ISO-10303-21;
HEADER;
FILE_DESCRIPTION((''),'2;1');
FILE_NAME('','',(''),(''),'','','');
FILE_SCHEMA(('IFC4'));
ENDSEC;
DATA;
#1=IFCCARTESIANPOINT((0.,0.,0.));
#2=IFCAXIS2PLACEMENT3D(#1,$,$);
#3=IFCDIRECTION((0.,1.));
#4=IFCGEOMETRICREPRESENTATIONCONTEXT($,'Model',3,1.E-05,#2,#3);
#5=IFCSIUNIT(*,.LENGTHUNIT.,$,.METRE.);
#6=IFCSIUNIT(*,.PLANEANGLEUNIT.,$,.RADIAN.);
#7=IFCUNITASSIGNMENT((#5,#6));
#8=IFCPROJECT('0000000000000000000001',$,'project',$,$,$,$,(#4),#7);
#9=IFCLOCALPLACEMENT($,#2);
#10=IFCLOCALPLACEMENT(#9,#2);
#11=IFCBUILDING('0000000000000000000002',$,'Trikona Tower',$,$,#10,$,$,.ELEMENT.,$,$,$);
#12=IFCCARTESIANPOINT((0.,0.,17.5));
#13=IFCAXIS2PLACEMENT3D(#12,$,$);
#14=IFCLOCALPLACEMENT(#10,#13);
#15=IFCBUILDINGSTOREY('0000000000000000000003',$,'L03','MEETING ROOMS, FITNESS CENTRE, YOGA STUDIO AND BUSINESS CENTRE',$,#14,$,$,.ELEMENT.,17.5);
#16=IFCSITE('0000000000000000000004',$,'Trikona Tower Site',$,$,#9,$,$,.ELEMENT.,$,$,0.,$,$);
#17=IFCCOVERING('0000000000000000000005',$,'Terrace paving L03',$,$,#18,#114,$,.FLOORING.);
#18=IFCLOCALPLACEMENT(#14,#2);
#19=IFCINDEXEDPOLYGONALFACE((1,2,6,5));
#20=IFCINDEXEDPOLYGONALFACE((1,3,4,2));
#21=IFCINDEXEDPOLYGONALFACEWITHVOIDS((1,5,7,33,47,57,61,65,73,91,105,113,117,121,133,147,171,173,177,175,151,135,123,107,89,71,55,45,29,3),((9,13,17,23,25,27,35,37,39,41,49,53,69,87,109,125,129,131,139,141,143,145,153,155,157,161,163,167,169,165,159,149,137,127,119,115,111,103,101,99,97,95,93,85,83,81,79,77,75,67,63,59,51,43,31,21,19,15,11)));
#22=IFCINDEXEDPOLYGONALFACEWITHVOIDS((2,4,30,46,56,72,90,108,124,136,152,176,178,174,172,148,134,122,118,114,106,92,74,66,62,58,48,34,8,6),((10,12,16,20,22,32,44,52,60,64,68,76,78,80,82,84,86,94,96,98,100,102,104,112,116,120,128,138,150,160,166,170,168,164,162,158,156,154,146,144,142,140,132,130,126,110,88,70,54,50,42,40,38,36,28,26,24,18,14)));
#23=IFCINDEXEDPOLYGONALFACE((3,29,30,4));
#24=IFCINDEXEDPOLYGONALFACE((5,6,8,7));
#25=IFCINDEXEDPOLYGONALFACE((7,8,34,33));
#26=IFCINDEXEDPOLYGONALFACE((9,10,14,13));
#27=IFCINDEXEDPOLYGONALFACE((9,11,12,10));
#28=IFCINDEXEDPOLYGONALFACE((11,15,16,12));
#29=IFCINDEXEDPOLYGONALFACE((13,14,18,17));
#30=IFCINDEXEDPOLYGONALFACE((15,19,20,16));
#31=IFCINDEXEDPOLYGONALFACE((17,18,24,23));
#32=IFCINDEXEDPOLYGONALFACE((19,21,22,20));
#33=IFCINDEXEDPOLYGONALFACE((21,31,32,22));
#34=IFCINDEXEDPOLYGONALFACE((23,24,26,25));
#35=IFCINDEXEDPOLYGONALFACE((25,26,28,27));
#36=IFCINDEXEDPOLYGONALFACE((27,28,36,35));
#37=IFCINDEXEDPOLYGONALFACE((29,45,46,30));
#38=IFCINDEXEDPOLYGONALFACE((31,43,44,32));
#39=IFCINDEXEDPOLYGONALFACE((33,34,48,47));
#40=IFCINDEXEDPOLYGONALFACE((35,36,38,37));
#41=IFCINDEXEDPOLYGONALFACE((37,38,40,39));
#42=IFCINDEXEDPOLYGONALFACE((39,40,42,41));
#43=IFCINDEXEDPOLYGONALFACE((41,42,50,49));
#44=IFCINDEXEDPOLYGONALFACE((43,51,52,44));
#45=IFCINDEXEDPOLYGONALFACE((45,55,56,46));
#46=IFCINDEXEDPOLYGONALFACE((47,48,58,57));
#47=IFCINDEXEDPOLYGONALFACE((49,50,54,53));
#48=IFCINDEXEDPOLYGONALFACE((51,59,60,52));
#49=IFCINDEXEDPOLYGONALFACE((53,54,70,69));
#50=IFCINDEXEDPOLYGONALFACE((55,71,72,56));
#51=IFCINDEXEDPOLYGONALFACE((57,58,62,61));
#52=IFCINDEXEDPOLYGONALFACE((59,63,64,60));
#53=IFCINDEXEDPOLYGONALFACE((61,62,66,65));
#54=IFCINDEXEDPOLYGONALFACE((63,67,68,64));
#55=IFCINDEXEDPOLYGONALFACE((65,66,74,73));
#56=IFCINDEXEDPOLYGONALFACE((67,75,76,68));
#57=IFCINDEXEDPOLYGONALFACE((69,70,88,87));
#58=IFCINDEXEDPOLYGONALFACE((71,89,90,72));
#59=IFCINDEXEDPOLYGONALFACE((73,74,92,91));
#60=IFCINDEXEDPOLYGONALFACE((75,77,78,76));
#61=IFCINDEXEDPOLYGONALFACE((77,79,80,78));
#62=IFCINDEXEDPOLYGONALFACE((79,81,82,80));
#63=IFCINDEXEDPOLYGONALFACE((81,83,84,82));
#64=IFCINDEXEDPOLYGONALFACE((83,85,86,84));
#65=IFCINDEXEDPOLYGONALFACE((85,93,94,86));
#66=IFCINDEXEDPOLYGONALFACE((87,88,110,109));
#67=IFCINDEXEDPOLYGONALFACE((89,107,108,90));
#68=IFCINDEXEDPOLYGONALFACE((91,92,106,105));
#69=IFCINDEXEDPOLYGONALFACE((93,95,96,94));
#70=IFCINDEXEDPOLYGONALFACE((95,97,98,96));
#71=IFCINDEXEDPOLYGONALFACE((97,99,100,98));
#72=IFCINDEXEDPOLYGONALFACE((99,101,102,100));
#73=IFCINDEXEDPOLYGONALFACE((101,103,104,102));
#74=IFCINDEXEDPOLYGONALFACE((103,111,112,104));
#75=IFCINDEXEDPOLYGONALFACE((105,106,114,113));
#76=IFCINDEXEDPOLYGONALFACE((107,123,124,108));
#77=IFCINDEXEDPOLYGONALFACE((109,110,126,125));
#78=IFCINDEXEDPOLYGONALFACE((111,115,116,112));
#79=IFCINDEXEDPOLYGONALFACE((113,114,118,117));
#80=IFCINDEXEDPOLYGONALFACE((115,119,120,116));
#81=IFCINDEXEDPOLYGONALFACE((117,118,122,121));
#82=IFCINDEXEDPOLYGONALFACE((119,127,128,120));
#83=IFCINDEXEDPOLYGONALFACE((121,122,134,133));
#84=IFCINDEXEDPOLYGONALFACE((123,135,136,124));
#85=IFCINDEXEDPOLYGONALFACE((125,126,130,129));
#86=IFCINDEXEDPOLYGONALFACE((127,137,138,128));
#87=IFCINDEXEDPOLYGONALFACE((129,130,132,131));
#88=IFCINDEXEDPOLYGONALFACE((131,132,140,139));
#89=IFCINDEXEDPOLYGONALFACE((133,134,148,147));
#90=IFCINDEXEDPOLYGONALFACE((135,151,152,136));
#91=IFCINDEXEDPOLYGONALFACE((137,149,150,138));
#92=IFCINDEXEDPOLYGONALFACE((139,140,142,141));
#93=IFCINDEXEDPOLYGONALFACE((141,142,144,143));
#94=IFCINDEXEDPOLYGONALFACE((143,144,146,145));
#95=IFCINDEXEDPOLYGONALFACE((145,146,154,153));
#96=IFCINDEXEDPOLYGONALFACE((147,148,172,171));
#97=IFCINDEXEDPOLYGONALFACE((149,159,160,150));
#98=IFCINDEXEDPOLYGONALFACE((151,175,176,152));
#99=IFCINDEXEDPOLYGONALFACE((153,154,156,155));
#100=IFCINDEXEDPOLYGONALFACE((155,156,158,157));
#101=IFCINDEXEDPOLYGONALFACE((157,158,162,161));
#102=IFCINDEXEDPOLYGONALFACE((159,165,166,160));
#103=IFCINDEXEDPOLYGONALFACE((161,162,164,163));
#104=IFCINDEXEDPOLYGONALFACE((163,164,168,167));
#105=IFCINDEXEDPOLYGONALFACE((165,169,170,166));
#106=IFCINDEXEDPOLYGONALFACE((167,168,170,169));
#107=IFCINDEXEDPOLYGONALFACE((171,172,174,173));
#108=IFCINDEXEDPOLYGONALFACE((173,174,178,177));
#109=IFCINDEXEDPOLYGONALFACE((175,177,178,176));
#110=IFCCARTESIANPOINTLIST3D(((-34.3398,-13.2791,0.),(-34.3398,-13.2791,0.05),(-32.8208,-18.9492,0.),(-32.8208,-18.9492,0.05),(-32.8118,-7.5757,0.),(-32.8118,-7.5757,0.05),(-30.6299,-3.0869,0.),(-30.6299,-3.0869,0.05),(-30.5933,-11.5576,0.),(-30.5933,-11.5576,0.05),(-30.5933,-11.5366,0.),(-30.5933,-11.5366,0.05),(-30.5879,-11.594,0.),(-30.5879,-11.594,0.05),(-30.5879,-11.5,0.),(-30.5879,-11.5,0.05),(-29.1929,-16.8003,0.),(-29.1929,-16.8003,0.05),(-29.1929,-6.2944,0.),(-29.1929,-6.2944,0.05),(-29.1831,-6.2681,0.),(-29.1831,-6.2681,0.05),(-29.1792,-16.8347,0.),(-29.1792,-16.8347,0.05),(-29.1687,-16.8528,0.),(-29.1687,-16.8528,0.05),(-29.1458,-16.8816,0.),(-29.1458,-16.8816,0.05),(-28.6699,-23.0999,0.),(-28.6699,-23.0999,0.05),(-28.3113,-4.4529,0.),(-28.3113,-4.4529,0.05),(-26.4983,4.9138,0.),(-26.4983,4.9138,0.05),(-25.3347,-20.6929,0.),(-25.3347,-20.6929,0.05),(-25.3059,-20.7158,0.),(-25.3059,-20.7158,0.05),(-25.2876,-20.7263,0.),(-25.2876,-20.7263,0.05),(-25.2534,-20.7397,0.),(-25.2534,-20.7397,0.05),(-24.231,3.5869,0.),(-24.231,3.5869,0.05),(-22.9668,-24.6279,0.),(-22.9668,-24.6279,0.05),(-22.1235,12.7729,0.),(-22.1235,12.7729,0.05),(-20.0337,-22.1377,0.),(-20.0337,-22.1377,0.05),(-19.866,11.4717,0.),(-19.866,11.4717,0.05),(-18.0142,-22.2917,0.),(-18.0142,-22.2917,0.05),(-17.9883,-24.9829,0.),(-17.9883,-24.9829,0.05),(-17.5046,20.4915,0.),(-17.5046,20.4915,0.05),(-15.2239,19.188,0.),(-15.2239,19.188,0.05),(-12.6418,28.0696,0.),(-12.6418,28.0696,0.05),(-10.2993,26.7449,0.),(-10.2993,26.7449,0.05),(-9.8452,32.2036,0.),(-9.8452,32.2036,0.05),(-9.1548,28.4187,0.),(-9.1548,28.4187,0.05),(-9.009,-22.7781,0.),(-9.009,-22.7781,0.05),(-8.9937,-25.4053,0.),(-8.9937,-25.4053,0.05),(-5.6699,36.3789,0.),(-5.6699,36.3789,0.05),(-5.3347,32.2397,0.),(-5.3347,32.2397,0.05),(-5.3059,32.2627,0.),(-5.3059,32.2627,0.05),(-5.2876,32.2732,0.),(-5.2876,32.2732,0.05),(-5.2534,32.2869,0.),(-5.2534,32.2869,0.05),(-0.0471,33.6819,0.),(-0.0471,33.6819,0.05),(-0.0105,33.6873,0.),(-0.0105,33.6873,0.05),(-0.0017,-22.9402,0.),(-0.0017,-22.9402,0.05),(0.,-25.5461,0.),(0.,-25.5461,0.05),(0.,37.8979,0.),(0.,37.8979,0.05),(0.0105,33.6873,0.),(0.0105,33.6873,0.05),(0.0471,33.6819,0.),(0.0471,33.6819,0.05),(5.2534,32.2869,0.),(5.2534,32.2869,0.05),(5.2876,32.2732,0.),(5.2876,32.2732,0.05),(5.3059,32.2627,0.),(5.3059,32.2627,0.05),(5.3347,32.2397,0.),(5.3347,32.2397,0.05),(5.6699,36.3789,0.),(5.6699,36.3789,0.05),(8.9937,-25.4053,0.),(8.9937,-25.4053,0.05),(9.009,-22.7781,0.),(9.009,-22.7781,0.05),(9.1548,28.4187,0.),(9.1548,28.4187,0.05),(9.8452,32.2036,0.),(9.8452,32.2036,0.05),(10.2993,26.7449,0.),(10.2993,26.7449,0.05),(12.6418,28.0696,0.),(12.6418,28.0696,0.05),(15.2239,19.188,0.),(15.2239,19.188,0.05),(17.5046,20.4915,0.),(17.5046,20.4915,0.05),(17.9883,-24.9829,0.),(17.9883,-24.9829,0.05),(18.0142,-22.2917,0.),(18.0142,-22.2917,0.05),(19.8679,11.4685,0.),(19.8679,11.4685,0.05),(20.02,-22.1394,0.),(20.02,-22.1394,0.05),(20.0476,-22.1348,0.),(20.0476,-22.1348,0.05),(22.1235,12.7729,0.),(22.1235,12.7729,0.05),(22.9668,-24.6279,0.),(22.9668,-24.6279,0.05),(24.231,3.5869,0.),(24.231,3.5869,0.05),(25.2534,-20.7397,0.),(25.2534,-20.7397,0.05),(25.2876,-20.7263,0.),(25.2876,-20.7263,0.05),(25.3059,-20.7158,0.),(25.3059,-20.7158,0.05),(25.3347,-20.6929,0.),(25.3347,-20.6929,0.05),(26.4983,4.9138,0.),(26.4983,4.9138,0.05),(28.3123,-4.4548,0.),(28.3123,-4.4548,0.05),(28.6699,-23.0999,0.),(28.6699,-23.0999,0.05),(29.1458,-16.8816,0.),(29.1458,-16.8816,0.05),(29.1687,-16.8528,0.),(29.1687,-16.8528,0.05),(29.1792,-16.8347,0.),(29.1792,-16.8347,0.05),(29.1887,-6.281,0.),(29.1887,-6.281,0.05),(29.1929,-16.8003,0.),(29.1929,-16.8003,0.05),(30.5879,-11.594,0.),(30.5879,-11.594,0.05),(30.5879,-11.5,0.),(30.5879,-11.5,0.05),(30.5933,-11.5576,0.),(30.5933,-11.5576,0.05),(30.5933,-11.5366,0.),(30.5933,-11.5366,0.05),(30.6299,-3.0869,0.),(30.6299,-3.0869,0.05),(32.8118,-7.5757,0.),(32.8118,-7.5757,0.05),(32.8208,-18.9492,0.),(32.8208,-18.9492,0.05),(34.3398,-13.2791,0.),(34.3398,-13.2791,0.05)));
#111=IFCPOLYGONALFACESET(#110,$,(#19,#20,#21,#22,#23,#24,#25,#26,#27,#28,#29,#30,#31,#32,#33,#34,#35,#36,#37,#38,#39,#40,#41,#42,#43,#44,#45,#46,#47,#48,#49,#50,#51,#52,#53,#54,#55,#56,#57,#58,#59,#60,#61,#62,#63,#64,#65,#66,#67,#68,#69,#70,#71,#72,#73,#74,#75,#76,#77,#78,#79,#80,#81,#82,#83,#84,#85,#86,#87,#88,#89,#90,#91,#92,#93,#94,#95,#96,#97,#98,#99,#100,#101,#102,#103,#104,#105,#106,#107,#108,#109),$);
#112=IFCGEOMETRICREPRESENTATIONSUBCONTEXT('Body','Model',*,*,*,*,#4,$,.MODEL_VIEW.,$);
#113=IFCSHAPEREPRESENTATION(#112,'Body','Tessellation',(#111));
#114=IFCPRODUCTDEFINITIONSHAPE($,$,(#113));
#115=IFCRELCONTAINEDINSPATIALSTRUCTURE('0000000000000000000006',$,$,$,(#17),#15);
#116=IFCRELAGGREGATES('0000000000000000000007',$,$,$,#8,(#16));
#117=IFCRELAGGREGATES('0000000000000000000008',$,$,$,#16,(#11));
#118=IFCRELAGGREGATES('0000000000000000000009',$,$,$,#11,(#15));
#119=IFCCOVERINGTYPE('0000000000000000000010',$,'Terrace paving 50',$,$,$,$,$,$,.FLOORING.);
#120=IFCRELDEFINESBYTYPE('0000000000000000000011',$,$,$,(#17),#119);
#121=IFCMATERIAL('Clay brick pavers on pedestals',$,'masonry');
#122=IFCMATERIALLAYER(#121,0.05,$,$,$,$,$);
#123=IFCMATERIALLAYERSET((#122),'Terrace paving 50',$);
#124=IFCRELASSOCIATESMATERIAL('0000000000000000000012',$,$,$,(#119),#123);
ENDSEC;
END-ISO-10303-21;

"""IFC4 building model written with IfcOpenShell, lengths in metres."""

from ifc_helpers import new_model, si_unit, direction, frame, origin, place, context, subcontext, project, spatial, polyline, outline, extrude, material, layer, layer_set, type_object, element, save


model = new_model("IFC4")

# Units and contexts
model_context = context("Model", 3, precision=1e-05, world=origin(), true_north=direction((0.0, 1.0)))
body_context = subcontext(model_context, "Body", "Model", "MODEL_VIEW")
ifc_project = project(units=[si_unit("LENGTHUNIT", "METRE"), si_unit("PLANEANGLEUNIT", "RADIAN")], contexts=[model_context])

# Site, building, storey
site_placement = place(None, origin())
site = spatial("IfcSite", under=ifc_project, at=site_placement, Name="Trikona Tower Site", CompositionType="ELEMENT", RefElevation=0.0)
building_placement = place(site_placement, origin())
building = spatial("IfcBuilding", under=site, at=building_placement, Name="Trikona Tower", CompositionType="ELEMENT")
storey_placement = place(building_placement, frame((0.0, 0.0, 17.5)))
storey = spatial("IfcBuildingStorey", under=building, at=storey_placement, Name="L03", Description="MEETING ROOMS, FITNESS CENTRE, YOGA STUDIO AND BUSINESS CENTRE", CompositionType="ELEMENT", Elevation=17.5)

# Covering
ifc_material_1 = material(Name="Clay brick pavers on pedestals", Category="masonry")
ifc_layer_1 = layer(ifc_material_1, 0.05)
ifc_layer_set_1 = layer_set([ifc_layer_1], Name="Terrace paving 50")
covering_type = type_object("IfcCoveringType", Name="Terrace paving 50", PredefinedType="FLOORING", material=ifc_layer_set_1)
covering_placement = place(storey_placement, origin())
element("IfcCovering", 1, at=covering_placement, inside=storey, type_object=covering_type, Name="Terrace paving L03", PredefinedType="FLOORING", context=body_context, shape_type="SweptSolid", body=[
    extrude(outline(polyline([(-28.6699, -23.0999), (-22.9668, -24.6279), (-17.9883, -24.9829), (-8.9937, -25.4053), (0.0, -25.5461), (8.9937, -25.4053), (17.9883, -24.9829), (22.9668, -24.6279), (28.6699, -23.0999), (32.8208, -18.9492), (34.3398, -13.2791), (32.8118, -7.5757), (30.6299, -3.0869), (26.4983, 4.9138), (22.1235, 12.7729), (17.5046, 20.4915), (12.6418, 28.0696), (9.8452, 32.2036), (5.6699, 36.3789), (0.0, 37.8979), (-5.6699, 36.3789), (-9.8452, 32.2036), (-12.6418, 28.0696), (-17.5046, 20.4915), (-22.1235, 12.7729), (-26.4983, 4.9138), (-30.6299, -3.0869), (-32.8118, -7.5757), (-34.3398, -13.2791), (-32.8208, -18.9492), (-28.6699, -23.0999)]), holes=[polyline([(-20.0337, -22.1377), (-18.0142, -22.2917), (-9.009, -22.7781), (-0.0017, -22.9402), (9.009, -22.7781), (18.0142, -22.2917), (20.02, -22.1394), (20.0476, -22.1348), (25.2534, -20.7397), (25.2876, -20.7263), (25.3059, -20.7158), (25.3347, -20.6929), (29.1458, -16.8816), (29.1687, -16.8528), (29.1792, -16.8347), (29.1929, -16.8003), (30.5879, -11.594), (30.5933, -11.5576), (30.5933, -11.5366), (30.5879, -11.5), (29.1887, -6.281), (28.3123, -4.4548), (24.231, 3.5869), (19.8679, 11.4685), (15.2239, 19.188), (10.2993, 26.7449), (9.1548, 28.4187), (5.3347, 32.2397), (5.3059, 32.2627), (5.2876, 32.2732), (5.2534, 32.2869), (0.0471, 33.6819), (0.0105, 33.6873), (-0.0105, 33.6873), (-0.0471, 33.6819), (-5.2534, 32.2869), (-5.2876, 32.2732), (-5.3059, 32.2627), (-5.3347, 32.2397), (-9.1548, 28.4187), (-10.2993, 26.7449), (-15.2239, 19.188), (-19.866, 11.4717), (-24.231, 3.5869), (-28.3113, -4.4529), (-29.1831, -6.2681), (-29.1929, -6.2944), (-30.5879, -11.5), (-30.5933, -11.5366), (-30.5933, -11.5576), (-30.5879, -11.594), (-29.1929, -16.8003), (-29.1792, -16.8347), (-29.1687, -16.8528), (-29.1458, -16.8816), (-25.3347, -20.6929), (-25.3059, -20.7158), (-25.2876, -20.7263), (-25.2534, -20.7397), (-20.0337, -22.1377)])]), origin(), (0.0, 0.0, 1.0), 0.05),
])

save(model, "model.ifc")
